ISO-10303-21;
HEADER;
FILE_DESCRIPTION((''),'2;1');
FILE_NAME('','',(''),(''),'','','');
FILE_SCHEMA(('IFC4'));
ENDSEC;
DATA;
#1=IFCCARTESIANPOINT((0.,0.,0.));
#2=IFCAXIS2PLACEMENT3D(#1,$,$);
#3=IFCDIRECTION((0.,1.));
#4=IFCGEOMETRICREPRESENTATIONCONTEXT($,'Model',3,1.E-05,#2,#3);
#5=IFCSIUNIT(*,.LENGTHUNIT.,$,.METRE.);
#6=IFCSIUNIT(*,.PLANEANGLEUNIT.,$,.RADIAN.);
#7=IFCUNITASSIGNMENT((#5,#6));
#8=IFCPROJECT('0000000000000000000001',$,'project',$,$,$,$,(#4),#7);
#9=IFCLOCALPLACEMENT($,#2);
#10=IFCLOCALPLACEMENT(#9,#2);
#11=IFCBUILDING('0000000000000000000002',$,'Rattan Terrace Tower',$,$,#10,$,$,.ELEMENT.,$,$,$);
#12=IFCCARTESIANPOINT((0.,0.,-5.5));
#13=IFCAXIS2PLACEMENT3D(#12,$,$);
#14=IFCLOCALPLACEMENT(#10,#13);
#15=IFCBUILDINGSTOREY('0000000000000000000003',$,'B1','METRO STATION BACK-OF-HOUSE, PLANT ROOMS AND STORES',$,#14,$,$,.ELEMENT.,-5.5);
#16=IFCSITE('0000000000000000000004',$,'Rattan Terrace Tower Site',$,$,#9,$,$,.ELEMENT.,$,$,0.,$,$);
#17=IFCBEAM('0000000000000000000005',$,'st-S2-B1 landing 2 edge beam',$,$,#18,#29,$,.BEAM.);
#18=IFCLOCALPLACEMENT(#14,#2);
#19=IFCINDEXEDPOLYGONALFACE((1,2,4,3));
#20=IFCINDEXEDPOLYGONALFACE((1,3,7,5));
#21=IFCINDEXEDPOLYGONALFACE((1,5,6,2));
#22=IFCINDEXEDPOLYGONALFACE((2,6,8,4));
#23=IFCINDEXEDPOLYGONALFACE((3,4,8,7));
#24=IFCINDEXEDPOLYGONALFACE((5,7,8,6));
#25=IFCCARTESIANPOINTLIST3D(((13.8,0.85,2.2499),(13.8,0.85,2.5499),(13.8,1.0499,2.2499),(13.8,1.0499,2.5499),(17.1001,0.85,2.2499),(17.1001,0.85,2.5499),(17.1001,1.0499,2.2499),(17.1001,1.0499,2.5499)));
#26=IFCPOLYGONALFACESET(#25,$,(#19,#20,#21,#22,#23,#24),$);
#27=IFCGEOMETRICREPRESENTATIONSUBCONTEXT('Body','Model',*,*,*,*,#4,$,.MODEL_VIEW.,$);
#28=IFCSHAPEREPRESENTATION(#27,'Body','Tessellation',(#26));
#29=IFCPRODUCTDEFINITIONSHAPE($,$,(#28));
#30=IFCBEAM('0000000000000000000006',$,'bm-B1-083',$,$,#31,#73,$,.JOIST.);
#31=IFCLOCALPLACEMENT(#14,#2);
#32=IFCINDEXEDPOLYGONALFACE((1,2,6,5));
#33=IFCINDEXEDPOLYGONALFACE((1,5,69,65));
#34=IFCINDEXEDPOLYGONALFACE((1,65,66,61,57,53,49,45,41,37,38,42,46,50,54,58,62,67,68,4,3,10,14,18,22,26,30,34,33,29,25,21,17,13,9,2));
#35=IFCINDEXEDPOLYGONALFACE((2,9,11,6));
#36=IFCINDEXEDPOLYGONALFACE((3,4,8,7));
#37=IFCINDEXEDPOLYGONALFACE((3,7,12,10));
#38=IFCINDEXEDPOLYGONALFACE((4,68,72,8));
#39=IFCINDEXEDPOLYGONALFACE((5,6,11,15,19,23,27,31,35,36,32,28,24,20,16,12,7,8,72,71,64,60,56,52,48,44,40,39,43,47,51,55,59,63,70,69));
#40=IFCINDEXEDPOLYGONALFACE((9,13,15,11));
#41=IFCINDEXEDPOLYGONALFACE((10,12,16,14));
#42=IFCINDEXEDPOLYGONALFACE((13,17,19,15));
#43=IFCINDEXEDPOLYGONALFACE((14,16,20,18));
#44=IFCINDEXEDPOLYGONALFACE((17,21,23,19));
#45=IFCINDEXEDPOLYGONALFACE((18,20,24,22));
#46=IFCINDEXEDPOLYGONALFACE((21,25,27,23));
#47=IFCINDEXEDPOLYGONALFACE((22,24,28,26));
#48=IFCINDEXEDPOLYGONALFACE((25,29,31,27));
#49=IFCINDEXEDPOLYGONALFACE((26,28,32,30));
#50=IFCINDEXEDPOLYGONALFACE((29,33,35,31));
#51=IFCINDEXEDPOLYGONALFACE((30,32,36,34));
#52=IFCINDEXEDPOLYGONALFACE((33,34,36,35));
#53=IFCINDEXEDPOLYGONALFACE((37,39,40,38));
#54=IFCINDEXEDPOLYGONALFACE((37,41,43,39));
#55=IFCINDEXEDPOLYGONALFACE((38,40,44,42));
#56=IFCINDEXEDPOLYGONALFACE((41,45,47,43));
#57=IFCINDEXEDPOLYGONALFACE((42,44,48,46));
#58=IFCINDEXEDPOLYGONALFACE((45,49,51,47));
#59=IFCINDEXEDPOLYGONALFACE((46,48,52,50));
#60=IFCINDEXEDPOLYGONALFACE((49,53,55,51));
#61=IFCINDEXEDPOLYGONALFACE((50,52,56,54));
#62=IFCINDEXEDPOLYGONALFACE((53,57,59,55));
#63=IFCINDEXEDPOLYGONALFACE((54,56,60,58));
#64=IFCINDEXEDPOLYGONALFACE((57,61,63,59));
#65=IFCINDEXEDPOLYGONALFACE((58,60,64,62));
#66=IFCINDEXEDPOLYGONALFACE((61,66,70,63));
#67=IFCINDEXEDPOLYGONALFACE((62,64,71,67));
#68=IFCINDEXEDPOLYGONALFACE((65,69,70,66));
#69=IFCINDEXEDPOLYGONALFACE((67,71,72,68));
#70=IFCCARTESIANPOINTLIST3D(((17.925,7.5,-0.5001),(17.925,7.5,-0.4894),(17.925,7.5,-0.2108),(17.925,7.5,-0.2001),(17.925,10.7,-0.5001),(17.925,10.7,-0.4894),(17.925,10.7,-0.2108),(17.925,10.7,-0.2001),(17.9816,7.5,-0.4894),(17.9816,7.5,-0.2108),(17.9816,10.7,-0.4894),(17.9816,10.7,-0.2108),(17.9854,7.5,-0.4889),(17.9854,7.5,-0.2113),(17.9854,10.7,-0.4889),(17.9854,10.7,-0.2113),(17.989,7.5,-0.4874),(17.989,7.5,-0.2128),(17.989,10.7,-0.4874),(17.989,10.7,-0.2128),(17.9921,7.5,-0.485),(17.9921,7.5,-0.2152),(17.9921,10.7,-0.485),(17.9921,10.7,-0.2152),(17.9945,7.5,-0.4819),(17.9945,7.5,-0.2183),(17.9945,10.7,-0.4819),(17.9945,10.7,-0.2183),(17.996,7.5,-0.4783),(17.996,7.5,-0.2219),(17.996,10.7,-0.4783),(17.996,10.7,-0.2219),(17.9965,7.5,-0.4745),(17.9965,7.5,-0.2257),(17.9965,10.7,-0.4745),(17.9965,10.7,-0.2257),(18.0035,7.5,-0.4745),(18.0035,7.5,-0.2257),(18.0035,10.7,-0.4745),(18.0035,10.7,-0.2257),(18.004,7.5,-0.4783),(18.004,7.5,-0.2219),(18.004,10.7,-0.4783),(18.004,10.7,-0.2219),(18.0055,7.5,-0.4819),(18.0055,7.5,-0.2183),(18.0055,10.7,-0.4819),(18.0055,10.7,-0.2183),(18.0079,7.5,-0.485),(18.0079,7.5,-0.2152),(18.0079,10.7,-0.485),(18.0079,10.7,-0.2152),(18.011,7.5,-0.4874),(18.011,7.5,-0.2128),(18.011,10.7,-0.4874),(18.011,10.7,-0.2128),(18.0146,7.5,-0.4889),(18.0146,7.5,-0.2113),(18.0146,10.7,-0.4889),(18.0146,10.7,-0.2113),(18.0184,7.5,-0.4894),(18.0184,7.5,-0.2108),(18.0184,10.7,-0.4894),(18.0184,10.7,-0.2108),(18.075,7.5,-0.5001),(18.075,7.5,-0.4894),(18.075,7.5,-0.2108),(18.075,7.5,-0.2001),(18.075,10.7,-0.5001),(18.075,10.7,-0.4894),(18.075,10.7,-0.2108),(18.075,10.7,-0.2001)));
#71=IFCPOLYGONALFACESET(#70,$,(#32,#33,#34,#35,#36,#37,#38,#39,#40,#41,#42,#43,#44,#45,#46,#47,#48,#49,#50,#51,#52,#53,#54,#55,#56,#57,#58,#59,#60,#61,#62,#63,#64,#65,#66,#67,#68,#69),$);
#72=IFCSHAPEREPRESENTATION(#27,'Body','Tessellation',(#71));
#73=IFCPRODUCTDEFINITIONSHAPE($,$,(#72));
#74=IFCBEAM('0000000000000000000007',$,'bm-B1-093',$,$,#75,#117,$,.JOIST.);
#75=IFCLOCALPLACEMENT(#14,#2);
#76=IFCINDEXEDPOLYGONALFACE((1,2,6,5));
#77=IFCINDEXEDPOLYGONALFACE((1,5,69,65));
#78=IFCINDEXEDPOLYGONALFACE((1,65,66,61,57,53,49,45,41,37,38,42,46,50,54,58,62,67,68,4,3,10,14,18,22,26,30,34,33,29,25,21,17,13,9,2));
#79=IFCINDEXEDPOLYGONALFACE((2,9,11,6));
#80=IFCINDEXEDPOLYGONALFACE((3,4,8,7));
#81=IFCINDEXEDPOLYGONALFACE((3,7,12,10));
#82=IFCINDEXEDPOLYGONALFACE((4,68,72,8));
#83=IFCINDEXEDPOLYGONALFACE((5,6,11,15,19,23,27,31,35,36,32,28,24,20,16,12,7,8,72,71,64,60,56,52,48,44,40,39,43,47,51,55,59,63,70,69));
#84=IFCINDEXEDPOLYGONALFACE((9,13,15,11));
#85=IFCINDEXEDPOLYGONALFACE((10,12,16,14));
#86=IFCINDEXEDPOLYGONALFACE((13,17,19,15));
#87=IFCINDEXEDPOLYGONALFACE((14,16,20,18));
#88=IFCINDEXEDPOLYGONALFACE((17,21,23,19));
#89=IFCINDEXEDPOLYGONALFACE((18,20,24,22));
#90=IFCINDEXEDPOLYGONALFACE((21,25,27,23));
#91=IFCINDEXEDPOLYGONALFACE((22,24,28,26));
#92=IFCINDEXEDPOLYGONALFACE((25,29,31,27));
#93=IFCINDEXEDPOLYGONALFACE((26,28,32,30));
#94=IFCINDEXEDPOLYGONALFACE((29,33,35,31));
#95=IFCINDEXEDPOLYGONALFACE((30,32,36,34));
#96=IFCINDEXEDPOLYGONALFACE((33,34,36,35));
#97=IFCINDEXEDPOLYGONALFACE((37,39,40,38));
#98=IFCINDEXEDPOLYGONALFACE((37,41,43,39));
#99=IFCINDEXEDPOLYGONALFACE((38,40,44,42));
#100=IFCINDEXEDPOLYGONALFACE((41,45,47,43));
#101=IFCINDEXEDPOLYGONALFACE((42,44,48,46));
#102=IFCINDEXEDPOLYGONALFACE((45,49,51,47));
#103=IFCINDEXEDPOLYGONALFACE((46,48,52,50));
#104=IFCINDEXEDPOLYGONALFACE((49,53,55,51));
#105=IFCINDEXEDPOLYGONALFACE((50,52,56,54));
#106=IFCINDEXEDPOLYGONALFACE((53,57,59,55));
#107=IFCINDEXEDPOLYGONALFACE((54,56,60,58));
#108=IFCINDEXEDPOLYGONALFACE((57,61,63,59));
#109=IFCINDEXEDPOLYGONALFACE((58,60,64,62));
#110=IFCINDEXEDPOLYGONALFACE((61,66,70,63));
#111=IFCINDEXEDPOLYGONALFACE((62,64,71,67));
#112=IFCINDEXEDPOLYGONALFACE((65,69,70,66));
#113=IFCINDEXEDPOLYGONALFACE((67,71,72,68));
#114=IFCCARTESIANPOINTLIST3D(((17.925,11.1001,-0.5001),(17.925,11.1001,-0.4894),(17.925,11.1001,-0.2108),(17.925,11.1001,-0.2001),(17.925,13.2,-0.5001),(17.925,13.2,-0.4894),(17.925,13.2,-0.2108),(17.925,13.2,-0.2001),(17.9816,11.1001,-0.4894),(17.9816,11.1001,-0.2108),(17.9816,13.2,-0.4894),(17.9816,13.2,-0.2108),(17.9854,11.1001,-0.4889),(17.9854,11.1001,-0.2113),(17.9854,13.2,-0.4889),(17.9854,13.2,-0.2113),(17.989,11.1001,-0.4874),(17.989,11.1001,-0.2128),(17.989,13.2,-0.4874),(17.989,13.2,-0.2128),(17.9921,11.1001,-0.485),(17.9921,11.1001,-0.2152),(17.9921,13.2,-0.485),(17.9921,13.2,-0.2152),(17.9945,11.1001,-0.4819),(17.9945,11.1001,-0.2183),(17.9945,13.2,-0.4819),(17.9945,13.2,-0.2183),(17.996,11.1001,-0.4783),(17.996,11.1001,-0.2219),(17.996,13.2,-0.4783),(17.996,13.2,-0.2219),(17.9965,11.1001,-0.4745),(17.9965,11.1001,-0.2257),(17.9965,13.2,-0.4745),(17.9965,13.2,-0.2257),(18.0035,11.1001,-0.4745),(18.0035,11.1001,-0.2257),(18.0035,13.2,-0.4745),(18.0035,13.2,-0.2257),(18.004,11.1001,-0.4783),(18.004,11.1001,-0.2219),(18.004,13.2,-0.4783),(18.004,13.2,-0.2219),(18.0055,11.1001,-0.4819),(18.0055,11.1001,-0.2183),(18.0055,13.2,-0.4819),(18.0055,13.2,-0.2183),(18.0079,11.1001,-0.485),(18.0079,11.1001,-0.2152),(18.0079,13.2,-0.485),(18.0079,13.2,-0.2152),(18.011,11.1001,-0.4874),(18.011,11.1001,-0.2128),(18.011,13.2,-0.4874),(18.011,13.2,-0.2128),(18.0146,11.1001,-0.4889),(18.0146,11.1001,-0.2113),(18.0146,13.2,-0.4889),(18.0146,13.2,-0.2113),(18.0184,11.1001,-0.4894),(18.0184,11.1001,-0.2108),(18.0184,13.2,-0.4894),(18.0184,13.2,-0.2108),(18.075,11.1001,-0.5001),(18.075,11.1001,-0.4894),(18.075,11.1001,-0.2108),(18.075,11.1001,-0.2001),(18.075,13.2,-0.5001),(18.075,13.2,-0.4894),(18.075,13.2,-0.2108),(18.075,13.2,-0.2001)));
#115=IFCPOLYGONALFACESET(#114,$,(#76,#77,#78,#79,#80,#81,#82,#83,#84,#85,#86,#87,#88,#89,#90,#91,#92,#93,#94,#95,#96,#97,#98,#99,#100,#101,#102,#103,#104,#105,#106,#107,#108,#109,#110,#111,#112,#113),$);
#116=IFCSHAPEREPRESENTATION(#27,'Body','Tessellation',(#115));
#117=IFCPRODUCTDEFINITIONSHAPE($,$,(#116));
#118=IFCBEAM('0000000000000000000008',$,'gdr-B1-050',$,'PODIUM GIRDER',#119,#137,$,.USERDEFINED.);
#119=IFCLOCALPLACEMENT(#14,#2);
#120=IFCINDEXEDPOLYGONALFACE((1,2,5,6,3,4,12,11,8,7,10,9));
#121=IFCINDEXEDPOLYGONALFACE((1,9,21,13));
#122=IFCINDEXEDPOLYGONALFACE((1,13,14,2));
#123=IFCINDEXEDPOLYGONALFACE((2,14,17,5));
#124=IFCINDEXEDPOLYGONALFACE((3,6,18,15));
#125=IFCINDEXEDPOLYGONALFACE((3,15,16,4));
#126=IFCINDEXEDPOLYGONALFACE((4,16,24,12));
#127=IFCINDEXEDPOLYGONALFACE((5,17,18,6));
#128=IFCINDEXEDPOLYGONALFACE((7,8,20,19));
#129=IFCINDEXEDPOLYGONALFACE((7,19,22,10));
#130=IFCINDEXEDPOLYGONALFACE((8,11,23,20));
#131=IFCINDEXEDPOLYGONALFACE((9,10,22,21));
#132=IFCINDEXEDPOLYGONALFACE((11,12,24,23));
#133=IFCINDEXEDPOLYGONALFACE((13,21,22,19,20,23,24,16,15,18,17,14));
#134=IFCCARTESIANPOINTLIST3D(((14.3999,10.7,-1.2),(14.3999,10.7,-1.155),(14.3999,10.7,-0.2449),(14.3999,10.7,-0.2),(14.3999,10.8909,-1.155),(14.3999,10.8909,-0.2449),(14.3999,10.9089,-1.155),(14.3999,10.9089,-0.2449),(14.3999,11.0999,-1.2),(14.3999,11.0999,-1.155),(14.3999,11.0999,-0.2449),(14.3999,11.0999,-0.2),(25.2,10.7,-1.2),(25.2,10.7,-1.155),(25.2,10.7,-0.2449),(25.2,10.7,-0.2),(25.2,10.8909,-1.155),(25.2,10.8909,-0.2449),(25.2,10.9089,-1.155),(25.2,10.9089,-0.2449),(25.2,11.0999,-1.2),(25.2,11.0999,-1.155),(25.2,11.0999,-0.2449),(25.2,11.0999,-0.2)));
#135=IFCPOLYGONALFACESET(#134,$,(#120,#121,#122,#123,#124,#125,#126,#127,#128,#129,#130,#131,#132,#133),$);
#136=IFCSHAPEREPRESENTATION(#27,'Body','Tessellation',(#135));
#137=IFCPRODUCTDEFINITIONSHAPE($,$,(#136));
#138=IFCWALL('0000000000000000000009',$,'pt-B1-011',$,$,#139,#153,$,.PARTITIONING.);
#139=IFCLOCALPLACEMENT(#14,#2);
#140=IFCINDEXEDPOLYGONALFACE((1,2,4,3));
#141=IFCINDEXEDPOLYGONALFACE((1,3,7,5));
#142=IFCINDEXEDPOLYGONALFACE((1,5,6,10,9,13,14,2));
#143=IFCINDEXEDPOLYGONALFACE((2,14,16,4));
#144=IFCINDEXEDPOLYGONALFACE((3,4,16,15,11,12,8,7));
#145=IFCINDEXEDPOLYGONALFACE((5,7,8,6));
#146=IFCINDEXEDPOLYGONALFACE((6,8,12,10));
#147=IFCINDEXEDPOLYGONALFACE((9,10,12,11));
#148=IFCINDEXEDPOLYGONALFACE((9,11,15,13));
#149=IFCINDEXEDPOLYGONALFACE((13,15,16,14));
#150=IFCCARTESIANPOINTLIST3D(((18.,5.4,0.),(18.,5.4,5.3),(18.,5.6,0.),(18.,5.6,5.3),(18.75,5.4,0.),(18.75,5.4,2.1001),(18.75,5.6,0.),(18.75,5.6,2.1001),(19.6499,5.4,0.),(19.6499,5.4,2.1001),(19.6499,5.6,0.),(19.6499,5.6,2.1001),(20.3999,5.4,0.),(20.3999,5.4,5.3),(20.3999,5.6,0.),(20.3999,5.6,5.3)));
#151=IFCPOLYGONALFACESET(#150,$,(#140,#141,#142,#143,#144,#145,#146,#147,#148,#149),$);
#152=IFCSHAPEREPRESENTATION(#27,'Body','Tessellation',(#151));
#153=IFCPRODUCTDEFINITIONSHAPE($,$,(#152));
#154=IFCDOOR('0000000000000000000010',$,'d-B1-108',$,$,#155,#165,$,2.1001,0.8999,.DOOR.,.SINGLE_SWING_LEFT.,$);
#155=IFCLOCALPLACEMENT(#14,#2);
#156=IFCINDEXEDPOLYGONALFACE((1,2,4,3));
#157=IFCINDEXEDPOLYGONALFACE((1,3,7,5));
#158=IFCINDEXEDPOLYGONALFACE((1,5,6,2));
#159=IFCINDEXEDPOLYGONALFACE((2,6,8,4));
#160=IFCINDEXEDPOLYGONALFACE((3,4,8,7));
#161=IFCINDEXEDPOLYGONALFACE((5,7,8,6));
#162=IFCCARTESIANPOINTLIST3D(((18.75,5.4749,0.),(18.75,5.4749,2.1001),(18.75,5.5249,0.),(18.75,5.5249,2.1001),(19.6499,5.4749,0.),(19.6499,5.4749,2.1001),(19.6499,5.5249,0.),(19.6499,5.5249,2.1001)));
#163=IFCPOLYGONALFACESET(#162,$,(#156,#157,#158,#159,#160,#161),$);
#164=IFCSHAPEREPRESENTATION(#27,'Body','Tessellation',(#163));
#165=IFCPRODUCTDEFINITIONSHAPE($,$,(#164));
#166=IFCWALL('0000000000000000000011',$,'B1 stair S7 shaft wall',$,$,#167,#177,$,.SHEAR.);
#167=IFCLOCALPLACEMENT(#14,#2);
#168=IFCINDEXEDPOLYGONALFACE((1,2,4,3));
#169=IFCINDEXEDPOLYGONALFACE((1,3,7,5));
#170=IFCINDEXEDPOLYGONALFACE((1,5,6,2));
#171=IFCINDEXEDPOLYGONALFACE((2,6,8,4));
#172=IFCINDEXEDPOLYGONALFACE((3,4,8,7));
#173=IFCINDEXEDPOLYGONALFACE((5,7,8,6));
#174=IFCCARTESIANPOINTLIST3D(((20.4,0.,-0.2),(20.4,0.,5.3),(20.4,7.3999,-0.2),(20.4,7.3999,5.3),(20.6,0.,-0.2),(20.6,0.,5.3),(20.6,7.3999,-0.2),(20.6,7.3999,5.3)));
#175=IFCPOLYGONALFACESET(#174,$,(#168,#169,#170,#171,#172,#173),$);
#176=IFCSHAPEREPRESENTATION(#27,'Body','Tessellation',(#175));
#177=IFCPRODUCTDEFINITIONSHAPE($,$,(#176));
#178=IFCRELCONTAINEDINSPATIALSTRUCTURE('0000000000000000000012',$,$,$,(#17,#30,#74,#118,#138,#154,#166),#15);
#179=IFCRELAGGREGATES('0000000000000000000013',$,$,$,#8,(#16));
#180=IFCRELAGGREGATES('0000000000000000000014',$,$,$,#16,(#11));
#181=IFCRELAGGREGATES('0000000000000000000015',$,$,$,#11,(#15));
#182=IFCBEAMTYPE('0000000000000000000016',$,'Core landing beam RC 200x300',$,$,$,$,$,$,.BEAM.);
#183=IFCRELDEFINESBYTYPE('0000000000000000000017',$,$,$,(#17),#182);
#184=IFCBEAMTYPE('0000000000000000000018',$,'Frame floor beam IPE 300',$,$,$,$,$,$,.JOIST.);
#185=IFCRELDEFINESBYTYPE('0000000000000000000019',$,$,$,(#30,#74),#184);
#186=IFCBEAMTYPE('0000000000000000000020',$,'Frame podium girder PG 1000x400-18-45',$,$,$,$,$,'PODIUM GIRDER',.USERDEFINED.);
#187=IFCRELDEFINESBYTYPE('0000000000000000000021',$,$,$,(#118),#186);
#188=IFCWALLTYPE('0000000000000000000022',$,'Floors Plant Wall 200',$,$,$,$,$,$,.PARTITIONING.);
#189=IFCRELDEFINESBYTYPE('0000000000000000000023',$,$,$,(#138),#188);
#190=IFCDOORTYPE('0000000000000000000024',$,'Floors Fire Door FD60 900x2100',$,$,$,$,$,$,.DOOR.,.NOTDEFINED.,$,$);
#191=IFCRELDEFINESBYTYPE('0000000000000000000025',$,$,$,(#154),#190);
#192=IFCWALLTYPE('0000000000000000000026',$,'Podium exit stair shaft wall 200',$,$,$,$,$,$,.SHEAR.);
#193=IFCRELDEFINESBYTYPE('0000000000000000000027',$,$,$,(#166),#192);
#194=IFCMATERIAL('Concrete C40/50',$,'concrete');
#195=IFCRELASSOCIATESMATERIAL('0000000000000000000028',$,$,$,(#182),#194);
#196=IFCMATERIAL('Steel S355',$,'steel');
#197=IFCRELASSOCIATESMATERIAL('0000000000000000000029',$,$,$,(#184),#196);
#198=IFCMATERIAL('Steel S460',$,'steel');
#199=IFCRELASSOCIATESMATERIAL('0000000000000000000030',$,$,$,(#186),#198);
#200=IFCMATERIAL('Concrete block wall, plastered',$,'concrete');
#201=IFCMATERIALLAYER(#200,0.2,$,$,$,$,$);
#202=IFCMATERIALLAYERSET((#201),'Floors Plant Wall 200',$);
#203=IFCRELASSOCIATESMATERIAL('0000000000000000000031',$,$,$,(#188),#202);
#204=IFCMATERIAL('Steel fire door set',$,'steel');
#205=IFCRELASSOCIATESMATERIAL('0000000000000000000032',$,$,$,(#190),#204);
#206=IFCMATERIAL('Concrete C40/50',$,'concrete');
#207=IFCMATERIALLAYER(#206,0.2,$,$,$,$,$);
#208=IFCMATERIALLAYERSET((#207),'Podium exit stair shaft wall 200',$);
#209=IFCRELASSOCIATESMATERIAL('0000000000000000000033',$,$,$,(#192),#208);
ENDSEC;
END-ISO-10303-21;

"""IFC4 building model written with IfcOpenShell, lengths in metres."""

from ifc_helpers import new_model, si_unit, direction, frame, frame_2d, origin, origin_2d, place, context, subcontext, project, spatial, rectangle, i_section, extrude, material, layer, layer_set, material_profile, profile_set, type_object, element, fill, save


model = new_model("IFC4")

# Units and contexts
model_context = context("Model", 3, precision=1e-05, world=origin(), true_north=direction((0.0, 1.0)))
body_context = subcontext(model_context, "Body", "Model", "MODEL_VIEW")
ifc_project = project(units=[si_unit("LENGTHUNIT", "METRE"), si_unit("PLANEANGLEUNIT", "RADIAN")], contexts=[model_context])

# Site, building, storey
site_placement = place(None, origin())
site = spatial("IfcSite", under=ifc_project, at=site_placement, Name="Rattan Terrace Tower Site", CompositionType="ELEMENT", RefElevation=0.0)
building_placement = place(site_placement, origin())
building = spatial("IfcBuilding", under=site, at=building_placement, Name="Rattan Terrace Tower", CompositionType="ELEMENT")
storey_placement = place(building_placement, frame((0.0, 0.0, -5.5)))
storey = spatial("IfcBuildingStorey", under=building, at=storey_placement, Name="B1", Description="METRO STATION BACK-OF-HOUSE, PLANT ROOMS AND STORES", CompositionType="ELEMENT", Elevation=-5.5)

# Beams
ifc_material_1 = material(Name="Concrete C40/50", Category="concrete")
ifc_material_profile_1 = material_profile(ifc_material_1, rectangle(XDim=0.2, YDim=0.3, at=origin_2d()), Name="RC 200x300")
ifc_profile_set_1 = profile_set([ifc_material_profile_1], Name="Concrete C40/50")
beam_type_1 = type_object("IfcBeamType", Name="Core landing beam RC 200x300", PredefinedType="BEAM", material=ifc_profile_set_1)
beam_1_placement = place(storey_placement, frame((13.8, 0.95, 2.3999), z_axis=(1.0, 0.0, 0.0), x_axis=(0.0, 1.0, 0.0)))
element("IfcBeam", 1, at=beam_1_placement, inside=storey, type_object=beam_type_1, Name="st-S2-B1 landing 2 edge beam", PredefinedType="BEAM", context=body_context, shape_type="SweptSolid", body=[
    extrude(rectangle(XDim=0.2, YDim=0.3, at=origin_2d()), origin(), (0.0, 0.0, 1.0), 3.3),
])
ifc_material_2 = material(Name="Steel S355", Category="steel")
ifc_material_profile_2 = material_profile(ifc_material_2, i_section(OverallWidth=0.1499, OverallDepth=0.3, WebThickness=0.0071, FlangeThickness=0.0107, FilletRadius=0.0149, at=origin_2d()), Name="IPE 300")
ifc_profile_set_2 = profile_set([ifc_material_profile_2], Name="Steel S355")
beam_type_2 = type_object("IfcBeamType", Name="Frame floor beam IPE 300", PredefinedType="JOIST", material=ifc_profile_set_2)
beam_2_placement = place(storey_placement, frame((18.0, 7.5, -0.3501), z_axis=(0.0, 1.0, 0.0), x_axis=(-1.0, 0.0, 0.0)))
element("IfcBeam", 2, at=beam_2_placement, inside=storey, type_object=beam_type_2, Name="bm-B1-083", PredefinedType="JOIST", context=body_context, shape_type="SweptSolid", body=[
    extrude(i_section(OverallWidth=0.1499, OverallDepth=0.3, WebThickness=0.0071, FlangeThickness=0.0107, FilletRadius=0.0149, at=origin_2d()), origin(), (0.0, 0.0, 1.0), 3.2),
])
beam_3_placement = place(storey_placement, frame((18.0, 11.1001, -0.3501), z_axis=(0.0, 1.0, 0.0), x_axis=(-1.0, 0.0, 0.0)))
element("IfcBeam", 3, at=beam_3_placement, inside=storey, type_object=beam_type_2, Name="bm-B1-093", PredefinedType="JOIST", context=body_context, shape_type="SweptSolid", body=[
    extrude(i_section(OverallWidth=0.1499, OverallDepth=0.3, WebThickness=0.0071, FlangeThickness=0.0107, FilletRadius=0.0149, at=origin_2d()), origin(), (0.0, 0.0, 1.0), 2.0999),
])
ifc_material_3 = material(Name="Steel S460", Category="steel")
ifc_material_profile_3 = material_profile(ifc_material_3, i_section(OverallWidth=0.3999, OverallDepth=1.0, WebThickness=0.0181, FlangeThickness=0.0449, at=origin_2d()), Name="PG 1000x400-18-45")
ifc_profile_set_3 = profile_set([ifc_material_profile_3], Name="Steel S460")
beam_type_3 = type_object("IfcBeamType", Name="Frame podium girder PG 1000x400-18-45", ElementType="PODIUM GIRDER", PredefinedType="USERDEFINED", material=ifc_profile_set_3)
beam_4_placement = place(storey_placement, frame((14.3999, 10.8999, -0.7), z_axis=(1.0, 0.0, 0.0), x_axis=(0.0, 1.0, 0.0)))
element("IfcBeam", 4, at=beam_4_placement, inside=storey, type_object=beam_type_3, Name="gdr-B1-050", ObjectType="PODIUM GIRDER", PredefinedType="USERDEFINED", context=body_context, shape_type="SweptSolid", body=[
    extrude(i_section(OverallWidth=0.3999, OverallDepth=1.0, WebThickness=0.0181, FlangeThickness=0.0449, at=origin_2d()), origin(), (0.0, 0.0, 1.0), 10.8),
])

# Wall, opening, door
ifc_material_4 = material(Name="Concrete block wall, plastered", Category="concrete")
ifc_layer_1 = layer(ifc_material_4, 0.2)
ifc_layer_set_1 = layer_set([ifc_layer_1], Name="Floors Plant Wall 200")
wall_type_1 = type_object("IfcWallType", Name="Floors Plant Wall 200", PredefinedType="PARTITIONING", material=ifc_layer_set_1)
wall_1_placement = place(storey_placement, frame((18.0, 5.5, 0.0), z_axis=(0.0, 0.0, 1.0), x_axis=(1.0, 0.0, 0.0)))
wall_1 = element("IfcWall", 5, at=wall_1_placement, inside=storey, type_object=wall_type_1, Name="pt-B1-011", PredefinedType="PARTITIONING", context=body_context, shape_type="SweptSolid", body=[
    extrude(rectangle(XDim=2.3999, YDim=0.2, at=frame_2d((1.2, 0.0))), origin(), (0.0, 0.0, 1.0), 5.3),
])
opening_placement = place(wall_1_placement, frame((0.75, 0.0, 0.0)))
opening = element("IfcOpeningElement", 6, at=opening_placement, cuts=wall_1, PredefinedType="OPENING", context=body_context, shape_type="SweptSolid", body=[
    extrude(rectangle(XDim=0.8999, YDim=2.1001, at=frame_2d((0.45, 1.05))), frame((0.0, 0.1106, 0.0), z_axis=(0.0, -1.0, 0.0), x_axis=(1.0, 0.0, 0.0)), (0.0, 0.0, 1.0), 0.2209),
])
ifc_material_5 = material(Name="Steel fire door set", Category="steel")
door_type = type_object("IfcDoorType", Name="Floors Fire Door FD60 900x2100", OperationType="NOTDEFINED", PredefinedType="DOOR", material=ifc_material_5)
door_placement = place(opening_placement, origin())
door = element("IfcDoor", 7, at=door_placement, inside=storey, type_object=door_type, Name="d-B1-108", OperationType="SINGLE_SWING_LEFT", OverallHeight=2.1001, OverallWidth=0.8999, PredefinedType="DOOR", context=body_context, shape_type="SweptSolid", body=[
    extrude(rectangle(XDim=0.8999, YDim=2.1001, at=frame_2d((0.45, 1.05))), frame((0.0, 0.0249, 0.0), z_axis=(0.0, -1.0, 0.0), x_axis=(1.0, 0.0, 0.0)), (0.0, 0.0, 1.0), 0.05),
])
fill(opening, door)

# Wall
ifc_material_6 = material(Name="Concrete C40/50", Category="concrete")
ifc_layer_2 = layer(ifc_material_6, 0.2)
ifc_layer_set_2 = layer_set([ifc_layer_2], Name="Podium exit stair shaft wall 200")
wall_type_2 = type_object("IfcWallType", Name="Podium exit stair shaft wall 200", PredefinedType="SHEAR", material=ifc_layer_set_2)
wall_2_placement = place(storey_placement, frame((20.5, 0.0, -0.2), z_axis=(0.0, 0.0, 1.0), x_axis=(0.0, 1.0, 0.0)))
element("IfcWall", 8, at=wall_2_placement, inside=storey, type_object=wall_type_2, Name="B1 stair S7 shaft wall", PredefinedType="SHEAR", context=body_context, shape_type="SweptSolid", body=[
    extrude(rectangle(XDim=7.3999, YDim=0.2, at=frame_2d((3.7, 0.0))), origin(), (0.0, 0.0, 1.0), 5.5),
])

save(model, "model.ifc")
